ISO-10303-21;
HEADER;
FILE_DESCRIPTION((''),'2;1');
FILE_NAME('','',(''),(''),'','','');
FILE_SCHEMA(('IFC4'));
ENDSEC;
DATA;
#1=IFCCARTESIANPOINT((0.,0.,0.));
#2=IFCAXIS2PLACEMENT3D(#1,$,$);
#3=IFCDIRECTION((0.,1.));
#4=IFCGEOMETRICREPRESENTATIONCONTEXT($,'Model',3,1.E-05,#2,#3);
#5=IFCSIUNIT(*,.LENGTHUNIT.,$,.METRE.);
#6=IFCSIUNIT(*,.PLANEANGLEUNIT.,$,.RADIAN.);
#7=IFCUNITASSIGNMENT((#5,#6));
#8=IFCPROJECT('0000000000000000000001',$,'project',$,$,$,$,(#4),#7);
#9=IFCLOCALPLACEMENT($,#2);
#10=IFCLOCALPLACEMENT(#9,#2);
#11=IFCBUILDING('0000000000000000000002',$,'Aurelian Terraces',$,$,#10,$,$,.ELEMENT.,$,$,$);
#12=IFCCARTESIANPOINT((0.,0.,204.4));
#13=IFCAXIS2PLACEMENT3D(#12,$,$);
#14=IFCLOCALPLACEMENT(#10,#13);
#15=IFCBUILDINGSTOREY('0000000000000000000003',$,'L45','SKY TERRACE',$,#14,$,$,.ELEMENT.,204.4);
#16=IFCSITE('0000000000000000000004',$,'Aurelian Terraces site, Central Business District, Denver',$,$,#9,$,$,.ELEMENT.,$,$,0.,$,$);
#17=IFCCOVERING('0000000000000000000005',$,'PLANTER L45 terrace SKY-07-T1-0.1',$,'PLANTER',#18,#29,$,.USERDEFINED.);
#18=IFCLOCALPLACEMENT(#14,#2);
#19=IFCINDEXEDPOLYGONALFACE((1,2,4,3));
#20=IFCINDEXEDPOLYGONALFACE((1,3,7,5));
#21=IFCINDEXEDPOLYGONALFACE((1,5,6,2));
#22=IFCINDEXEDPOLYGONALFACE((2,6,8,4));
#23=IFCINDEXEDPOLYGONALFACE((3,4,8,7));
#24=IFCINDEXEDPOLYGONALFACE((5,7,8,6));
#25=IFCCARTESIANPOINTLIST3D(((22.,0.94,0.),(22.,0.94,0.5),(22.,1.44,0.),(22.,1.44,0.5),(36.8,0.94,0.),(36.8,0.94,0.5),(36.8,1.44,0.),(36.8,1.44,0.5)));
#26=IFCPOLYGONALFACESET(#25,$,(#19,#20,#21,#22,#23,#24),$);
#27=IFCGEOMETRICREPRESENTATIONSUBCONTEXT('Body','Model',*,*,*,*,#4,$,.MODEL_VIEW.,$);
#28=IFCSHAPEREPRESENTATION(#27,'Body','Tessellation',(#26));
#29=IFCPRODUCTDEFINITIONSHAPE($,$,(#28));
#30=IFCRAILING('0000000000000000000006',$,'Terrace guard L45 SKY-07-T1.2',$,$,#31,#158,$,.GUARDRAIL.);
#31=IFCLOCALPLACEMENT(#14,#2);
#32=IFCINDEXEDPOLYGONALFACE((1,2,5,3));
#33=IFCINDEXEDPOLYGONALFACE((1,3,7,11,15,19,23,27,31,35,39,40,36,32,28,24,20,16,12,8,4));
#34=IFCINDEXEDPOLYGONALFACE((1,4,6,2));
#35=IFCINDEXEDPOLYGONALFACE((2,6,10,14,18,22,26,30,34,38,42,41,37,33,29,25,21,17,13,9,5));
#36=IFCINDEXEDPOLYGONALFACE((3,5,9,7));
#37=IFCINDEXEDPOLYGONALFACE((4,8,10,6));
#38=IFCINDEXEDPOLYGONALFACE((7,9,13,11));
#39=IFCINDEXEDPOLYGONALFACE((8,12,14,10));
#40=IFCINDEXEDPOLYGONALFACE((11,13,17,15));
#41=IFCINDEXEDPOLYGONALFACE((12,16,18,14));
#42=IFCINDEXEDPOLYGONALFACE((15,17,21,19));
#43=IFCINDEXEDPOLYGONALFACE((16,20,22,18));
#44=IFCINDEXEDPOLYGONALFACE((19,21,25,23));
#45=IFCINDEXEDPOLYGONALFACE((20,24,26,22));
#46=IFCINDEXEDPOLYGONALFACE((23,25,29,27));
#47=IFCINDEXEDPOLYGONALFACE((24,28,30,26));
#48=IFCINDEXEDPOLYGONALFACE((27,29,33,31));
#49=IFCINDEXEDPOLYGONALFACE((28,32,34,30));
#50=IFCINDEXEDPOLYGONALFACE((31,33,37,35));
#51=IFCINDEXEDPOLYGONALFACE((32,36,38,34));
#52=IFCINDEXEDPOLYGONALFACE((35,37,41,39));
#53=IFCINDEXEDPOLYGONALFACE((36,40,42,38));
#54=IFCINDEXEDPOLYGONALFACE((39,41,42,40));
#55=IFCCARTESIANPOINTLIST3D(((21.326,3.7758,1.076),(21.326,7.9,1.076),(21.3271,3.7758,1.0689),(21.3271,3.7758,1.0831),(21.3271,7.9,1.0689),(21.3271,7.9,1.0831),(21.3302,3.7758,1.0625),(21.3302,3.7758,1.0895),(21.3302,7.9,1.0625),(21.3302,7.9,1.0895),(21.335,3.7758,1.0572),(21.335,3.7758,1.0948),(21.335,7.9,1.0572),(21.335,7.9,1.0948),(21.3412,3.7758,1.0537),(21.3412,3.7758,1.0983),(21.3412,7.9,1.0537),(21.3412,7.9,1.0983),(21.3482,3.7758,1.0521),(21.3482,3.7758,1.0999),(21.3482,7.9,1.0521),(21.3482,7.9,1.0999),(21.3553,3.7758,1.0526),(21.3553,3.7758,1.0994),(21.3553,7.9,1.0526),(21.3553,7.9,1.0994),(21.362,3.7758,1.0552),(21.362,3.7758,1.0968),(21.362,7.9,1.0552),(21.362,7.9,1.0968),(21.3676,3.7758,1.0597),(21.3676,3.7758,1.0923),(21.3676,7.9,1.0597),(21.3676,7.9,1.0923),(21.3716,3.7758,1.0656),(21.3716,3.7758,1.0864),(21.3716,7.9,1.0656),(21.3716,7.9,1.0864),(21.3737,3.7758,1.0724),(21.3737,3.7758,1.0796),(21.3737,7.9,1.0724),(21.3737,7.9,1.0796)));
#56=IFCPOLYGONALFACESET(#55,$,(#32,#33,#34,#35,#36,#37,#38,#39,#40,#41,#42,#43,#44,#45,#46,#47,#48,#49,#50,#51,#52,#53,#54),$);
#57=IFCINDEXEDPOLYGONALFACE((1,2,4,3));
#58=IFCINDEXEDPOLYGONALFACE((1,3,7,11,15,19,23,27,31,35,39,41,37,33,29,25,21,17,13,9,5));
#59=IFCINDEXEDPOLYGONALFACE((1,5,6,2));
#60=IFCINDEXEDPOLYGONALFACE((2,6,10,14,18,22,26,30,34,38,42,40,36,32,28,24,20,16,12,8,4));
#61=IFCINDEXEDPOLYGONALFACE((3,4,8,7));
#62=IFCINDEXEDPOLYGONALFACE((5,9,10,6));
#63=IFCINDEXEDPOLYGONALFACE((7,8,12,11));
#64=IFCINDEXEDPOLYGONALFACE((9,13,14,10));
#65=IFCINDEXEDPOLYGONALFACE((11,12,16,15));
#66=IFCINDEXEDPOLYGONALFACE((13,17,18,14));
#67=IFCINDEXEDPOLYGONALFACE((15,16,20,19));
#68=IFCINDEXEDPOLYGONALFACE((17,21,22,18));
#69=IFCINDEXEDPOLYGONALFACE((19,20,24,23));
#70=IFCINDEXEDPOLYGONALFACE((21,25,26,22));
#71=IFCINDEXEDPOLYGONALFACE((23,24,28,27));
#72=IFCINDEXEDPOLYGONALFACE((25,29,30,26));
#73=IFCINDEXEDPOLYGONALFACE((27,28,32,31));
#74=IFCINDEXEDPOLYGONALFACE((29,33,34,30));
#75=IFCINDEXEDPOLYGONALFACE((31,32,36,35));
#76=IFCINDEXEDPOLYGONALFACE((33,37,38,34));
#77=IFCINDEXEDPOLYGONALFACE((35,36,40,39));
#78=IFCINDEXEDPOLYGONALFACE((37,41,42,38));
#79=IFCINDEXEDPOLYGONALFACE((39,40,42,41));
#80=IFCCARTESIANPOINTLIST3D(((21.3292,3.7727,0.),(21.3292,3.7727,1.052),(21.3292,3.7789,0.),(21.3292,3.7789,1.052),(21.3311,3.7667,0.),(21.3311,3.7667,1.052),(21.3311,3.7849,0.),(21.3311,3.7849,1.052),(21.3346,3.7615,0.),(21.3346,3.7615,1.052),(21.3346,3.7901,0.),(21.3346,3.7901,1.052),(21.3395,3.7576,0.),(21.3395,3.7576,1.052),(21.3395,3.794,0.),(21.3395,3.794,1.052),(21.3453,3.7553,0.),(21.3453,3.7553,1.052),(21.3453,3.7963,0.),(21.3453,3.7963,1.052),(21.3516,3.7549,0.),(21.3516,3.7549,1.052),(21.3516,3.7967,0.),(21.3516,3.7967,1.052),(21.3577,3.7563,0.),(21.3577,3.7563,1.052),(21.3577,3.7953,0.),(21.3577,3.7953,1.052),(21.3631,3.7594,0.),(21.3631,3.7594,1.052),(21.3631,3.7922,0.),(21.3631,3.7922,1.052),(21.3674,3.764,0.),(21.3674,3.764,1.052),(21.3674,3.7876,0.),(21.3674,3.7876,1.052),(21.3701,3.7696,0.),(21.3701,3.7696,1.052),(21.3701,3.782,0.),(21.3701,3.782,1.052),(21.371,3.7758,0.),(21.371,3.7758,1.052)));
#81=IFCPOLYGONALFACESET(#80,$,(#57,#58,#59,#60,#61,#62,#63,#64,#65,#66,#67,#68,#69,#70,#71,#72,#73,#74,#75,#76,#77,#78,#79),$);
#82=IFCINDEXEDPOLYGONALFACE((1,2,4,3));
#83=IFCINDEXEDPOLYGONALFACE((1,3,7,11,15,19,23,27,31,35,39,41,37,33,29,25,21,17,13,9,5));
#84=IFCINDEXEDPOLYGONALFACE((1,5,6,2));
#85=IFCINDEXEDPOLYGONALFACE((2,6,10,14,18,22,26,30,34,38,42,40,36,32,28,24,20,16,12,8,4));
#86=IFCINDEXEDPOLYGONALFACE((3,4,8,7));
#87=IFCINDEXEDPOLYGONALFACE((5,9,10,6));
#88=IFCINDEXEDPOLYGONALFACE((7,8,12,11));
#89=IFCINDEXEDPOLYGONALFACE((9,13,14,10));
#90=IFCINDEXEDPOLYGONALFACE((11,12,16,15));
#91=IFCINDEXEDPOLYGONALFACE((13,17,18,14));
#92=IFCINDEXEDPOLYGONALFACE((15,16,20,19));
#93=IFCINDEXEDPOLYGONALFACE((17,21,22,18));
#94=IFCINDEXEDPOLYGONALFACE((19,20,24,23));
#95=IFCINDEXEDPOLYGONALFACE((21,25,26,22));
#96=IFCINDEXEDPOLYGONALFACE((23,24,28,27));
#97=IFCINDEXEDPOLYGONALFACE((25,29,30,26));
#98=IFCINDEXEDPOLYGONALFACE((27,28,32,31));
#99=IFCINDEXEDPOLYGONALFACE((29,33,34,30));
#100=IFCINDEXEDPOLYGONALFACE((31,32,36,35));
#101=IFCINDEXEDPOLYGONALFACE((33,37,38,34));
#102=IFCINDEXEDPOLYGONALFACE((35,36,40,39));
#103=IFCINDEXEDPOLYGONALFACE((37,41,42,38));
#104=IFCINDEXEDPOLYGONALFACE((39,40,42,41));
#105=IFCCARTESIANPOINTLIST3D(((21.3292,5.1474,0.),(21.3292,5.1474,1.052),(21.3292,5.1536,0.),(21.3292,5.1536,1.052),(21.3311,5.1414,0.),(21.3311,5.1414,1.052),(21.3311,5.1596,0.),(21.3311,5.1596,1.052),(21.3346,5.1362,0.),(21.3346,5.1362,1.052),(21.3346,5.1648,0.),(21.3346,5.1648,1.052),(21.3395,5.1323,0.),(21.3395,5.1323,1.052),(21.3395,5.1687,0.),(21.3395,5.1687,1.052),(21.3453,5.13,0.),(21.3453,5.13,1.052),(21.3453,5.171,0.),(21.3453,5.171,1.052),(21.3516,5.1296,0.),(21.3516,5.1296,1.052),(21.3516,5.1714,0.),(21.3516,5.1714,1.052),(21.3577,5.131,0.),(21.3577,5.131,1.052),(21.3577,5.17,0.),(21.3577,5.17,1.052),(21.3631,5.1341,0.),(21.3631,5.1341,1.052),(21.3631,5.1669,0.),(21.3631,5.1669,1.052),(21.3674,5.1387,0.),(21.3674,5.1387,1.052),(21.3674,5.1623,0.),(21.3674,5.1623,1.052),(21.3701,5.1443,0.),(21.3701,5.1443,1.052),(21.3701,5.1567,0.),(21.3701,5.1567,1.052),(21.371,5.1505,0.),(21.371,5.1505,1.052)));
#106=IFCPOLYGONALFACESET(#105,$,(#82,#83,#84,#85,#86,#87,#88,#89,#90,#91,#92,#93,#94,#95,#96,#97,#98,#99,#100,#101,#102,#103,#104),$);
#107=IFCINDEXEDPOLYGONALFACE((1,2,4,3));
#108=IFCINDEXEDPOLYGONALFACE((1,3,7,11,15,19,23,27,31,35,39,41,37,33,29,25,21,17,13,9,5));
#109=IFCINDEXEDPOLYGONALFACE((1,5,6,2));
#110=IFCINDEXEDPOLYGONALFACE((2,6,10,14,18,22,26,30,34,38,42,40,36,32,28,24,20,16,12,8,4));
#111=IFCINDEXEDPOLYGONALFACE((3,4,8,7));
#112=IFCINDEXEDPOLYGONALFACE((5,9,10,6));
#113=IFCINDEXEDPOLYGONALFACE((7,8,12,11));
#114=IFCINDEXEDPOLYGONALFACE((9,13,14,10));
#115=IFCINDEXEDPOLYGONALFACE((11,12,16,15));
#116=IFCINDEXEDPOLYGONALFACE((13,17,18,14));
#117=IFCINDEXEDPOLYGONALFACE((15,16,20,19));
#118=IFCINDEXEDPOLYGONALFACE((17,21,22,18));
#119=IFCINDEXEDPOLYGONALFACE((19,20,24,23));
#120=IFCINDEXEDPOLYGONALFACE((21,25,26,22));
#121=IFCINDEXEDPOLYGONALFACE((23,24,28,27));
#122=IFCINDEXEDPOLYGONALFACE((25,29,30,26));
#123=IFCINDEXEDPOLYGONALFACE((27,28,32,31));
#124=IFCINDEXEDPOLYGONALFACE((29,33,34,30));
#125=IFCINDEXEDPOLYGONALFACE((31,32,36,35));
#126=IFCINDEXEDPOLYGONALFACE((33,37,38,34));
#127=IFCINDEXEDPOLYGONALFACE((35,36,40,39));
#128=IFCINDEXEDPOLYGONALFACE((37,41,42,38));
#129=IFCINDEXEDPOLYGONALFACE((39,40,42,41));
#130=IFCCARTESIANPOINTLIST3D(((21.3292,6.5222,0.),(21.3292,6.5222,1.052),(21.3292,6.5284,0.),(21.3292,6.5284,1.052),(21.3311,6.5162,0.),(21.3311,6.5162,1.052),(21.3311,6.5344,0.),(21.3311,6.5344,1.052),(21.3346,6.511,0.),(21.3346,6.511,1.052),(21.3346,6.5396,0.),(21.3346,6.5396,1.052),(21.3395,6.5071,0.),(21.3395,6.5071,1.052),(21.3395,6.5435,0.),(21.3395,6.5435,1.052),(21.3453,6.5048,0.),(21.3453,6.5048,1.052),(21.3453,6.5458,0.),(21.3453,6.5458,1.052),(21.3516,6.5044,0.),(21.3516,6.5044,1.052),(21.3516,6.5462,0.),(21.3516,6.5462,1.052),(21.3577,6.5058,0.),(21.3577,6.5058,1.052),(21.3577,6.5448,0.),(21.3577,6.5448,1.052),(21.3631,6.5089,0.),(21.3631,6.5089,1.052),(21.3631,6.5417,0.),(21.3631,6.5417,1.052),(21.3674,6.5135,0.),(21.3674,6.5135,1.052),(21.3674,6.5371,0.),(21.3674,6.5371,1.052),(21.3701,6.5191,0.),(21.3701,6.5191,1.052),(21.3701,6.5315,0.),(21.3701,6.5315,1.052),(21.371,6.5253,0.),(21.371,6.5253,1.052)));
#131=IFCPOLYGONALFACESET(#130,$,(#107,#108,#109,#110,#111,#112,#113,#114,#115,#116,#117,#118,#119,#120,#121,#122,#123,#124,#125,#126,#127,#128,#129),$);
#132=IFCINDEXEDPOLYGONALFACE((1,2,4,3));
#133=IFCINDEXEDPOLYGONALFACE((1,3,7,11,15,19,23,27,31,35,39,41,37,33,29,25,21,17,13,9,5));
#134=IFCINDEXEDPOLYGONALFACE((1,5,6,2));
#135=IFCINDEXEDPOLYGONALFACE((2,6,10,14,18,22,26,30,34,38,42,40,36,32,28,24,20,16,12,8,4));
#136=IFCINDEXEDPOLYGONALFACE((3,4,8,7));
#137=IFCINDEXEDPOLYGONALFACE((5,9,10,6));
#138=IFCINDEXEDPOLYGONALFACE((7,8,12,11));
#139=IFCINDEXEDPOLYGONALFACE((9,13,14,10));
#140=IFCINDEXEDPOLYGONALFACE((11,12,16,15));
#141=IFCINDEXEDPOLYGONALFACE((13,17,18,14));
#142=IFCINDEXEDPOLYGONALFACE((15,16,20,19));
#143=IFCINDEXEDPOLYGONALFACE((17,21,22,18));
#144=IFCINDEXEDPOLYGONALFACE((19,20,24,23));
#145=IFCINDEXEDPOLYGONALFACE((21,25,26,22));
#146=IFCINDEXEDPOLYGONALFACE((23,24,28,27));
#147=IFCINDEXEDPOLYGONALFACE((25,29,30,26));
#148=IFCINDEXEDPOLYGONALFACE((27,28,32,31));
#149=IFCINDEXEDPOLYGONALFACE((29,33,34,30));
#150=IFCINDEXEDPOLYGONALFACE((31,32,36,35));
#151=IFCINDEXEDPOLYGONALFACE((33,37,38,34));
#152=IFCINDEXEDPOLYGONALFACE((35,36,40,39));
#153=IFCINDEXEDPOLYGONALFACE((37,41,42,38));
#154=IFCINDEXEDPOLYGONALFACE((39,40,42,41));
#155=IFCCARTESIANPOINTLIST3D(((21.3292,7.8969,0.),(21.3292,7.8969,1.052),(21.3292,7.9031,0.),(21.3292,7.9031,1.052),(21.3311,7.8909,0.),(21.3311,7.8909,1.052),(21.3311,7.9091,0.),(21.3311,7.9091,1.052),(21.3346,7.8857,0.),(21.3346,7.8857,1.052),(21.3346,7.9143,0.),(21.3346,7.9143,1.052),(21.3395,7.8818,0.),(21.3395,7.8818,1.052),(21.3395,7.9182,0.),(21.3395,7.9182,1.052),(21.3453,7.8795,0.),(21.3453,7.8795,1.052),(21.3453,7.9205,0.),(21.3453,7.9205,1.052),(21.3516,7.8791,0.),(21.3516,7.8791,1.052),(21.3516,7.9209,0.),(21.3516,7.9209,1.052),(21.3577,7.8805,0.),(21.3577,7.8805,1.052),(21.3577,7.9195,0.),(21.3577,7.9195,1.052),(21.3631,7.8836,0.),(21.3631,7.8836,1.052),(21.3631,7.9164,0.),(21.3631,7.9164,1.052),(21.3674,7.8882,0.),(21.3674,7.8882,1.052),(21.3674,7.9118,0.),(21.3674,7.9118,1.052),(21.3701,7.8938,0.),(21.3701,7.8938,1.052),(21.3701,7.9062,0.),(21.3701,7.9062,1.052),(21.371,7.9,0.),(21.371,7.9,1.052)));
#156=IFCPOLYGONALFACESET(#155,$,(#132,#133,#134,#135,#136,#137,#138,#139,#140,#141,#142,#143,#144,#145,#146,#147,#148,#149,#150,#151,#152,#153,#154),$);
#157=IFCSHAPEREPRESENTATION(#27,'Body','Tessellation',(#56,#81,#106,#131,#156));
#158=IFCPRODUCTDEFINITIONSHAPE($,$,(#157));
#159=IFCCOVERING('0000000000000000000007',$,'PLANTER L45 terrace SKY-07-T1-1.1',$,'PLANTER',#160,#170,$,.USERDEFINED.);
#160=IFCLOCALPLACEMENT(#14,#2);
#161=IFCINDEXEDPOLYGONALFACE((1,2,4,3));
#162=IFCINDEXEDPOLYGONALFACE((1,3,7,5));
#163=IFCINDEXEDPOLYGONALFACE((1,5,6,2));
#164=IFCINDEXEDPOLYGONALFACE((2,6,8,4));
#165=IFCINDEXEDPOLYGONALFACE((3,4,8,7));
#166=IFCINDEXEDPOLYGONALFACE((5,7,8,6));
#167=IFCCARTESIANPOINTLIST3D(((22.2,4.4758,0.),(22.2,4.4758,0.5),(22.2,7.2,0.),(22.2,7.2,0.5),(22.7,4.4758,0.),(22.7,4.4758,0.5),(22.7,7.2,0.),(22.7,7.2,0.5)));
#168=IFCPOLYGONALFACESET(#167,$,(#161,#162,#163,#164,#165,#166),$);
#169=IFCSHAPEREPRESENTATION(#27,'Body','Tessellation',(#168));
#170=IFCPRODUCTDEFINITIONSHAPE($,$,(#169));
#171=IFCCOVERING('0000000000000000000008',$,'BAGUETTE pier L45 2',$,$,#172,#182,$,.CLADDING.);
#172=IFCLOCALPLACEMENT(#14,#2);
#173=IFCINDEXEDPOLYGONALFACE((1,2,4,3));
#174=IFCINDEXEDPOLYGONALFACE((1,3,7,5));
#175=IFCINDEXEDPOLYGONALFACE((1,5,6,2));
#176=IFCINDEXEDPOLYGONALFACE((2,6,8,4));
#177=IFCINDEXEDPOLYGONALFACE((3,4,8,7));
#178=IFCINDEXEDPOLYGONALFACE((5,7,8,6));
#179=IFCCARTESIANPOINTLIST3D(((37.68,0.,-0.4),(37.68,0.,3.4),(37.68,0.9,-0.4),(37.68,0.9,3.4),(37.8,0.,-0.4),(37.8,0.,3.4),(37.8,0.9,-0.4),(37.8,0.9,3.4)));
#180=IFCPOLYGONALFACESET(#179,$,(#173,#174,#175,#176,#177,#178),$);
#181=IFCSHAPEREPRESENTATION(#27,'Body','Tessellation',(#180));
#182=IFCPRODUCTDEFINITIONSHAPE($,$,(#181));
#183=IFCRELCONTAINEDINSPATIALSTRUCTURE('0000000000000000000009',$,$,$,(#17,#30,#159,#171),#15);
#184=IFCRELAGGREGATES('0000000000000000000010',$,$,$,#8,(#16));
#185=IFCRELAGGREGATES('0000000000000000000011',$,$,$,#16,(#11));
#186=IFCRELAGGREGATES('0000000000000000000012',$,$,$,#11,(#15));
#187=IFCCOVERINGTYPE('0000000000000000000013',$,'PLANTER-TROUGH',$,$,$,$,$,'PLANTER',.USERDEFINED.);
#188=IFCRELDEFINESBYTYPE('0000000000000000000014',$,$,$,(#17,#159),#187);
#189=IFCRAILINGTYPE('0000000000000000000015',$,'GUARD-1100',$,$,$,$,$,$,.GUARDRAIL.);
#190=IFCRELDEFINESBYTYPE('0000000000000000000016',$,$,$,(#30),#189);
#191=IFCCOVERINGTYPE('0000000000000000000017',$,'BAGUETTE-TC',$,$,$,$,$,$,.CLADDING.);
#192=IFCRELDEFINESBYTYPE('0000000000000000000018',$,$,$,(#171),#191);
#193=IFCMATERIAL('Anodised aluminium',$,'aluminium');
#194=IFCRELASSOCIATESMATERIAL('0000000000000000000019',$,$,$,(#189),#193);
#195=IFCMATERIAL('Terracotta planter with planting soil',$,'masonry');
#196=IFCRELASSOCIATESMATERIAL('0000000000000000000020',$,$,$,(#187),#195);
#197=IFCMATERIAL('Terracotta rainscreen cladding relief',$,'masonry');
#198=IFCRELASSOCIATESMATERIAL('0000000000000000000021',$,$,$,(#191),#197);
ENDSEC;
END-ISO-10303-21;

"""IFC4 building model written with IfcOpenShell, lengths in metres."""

from ifc_helpers import new_model, si_unit, direction, frame, origin, origin_2d, place, context, subcontext, project, spatial, rectangle, circle, extrude, source, transform, mapped, material, type_object, element, save


model = new_model("IFC4")

# Units and contexts
model_context = context("Model", 3, precision=1e-05, world=origin(), true_north=direction((0.0, 1.0)))
body_context = subcontext(model_context, "Body", "Model", "MODEL_VIEW")
ifc_project = project(units=[si_unit("LENGTHUNIT", "METRE"), si_unit("PLANEANGLEUNIT", "RADIAN")], contexts=[model_context])

# Site, building, storey
site_placement = place(None, origin())
site = spatial("IfcSite", under=ifc_project, at=site_placement, Name="Aurelian Terraces site, Central Business District, Denver", CompositionType="ELEMENT", RefElevation=0.0)
building_placement = place(site_placement, origin())
building = spatial("IfcBuilding", under=site, at=building_placement, Name="Aurelian Terraces", CompositionType="ELEMENT")
storey_placement = place(building_placement, frame((0.0, 0.0, 204.4)))
storey = spatial("IfcBuildingStorey", under=building, at=storey_placement, Name="L45", Description="SKY TERRACE", CompositionType="ELEMENT", Elevation=204.4)

# Shared definitions
ifc_material_1 = material(Name="Anodised aluminium", Category="aluminium")

# Shared definitions
railing_type = type_object("IfcRailingType", Name="GUARD-1100", PredefinedType="GUARDRAIL", material=ifc_material_1)

# Covering
ifc_material_2 = material(Name="Terracotta planter with planting soil", Category="masonry")
covering_type_1 = type_object("IfcCoveringType", Name="PLANTER-TROUGH", ElementType="PLANTER", PredefinedType="USERDEFINED", material=ifc_material_2)
shared_shape_1 = source(origin(), body_context, "Body", "SweptSolid", [
    extrude(rectangle(XDim=14.8, YDim=0.5, at=origin_2d()), origin(), (0.0, 0.0, 1.0), 0.5),
])
covering_1_placement = place(storey_placement, frame((29.4, 1.19, 0.0), z_axis=(0.0, 0.0, 1.0), x_axis=(1.0, 0.0, 0.0)))
element("IfcCovering", 1, at=covering_1_placement, inside=storey, type_object=covering_type_1, Name="PLANTER L45 terrace SKY-07-T1-0.1", ObjectType="PLANTER", PredefinedType="USERDEFINED", context=body_context, shape_type="MappedRepresentation", body=[
    mapped(shared_shape_1, transform((0.0, 0.0, 0.0), scale=1.0)),
])

# Railing
shared_shape_2 = source(origin(), body_context, "Body", "SweptSolid", [
    extrude(circle(Radius=0.024, at=origin_2d()), frame((0.0, 0.0, 1.076), z_axis=(0.0, 1.0, 0.0), x_axis=(-1.0, 0.0, 0.0)), (0.0, 0.0, 1.0), 4.1242),
    extrude(circle(Radius=0.021, at=origin_2d()), origin(), (0.0, 0.0, 1.0), 1.052),
    extrude(circle(Radius=0.021, at=origin_2d()), frame((0.0, 1.3747, 0.0)), (0.0, 0.0, 1.0), 1.052),
    extrude(circle(Radius=0.021, at=origin_2d()), frame((0.0, 2.7495, 0.0)), (0.0, 0.0, 1.0), 1.052),
    extrude(circle(Radius=0.021, at=origin_2d()), frame((0.0, 4.1242, 0.0)), (0.0, 0.0, 1.0), 1.052),
])
railing_1_placement = place(storey_placement, frame((21.35, 3.7758, 0.0)))
element("IfcRailing", 2, at=railing_1_placement, inside=storey, type_object=railing_type, Name="Terrace guard L45 SKY-07-T1.2", PredefinedType="GUARDRAIL", context=body_context, shape_type="MappedRepresentation", body=[
    mapped(shared_shape_2, transform((0.0, 0.0, 0.0), scale=1.0)),
])

# Coverings
shared_shape_3 = source(origin(), body_context, "Body", "SweptSolid", [
    extrude(rectangle(XDim=0.5, YDim=2.7242, at=origin_2d()), origin(), (0.0, 0.0, 1.0), 0.5),
])
covering_2_placement = place(storey_placement, frame((22.45, 5.8379, 0.0), z_axis=(0.0, 0.0, 1.0), x_axis=(1.0, 0.0, 0.0)))
element("IfcCovering", 3, at=covering_2_placement, inside=storey, type_object=covering_type_1, Name="PLANTER L45 terrace SKY-07-T1-1.1", ObjectType="PLANTER", PredefinedType="USERDEFINED", context=body_context, shape_type="MappedRepresentation", body=[
    mapped(shared_shape_3, transform((0.0, 0.0, 0.0), scale=1.0)),
])
ifc_material_3 = material(Name="Terracotta rainscreen cladding relief", Category="masonry")
covering_type_2 = type_object("IfcCoveringType", Name="BAGUETTE-TC", PredefinedType="CLADDING", material=ifc_material_3)
shared_shape_4 = source(origin(), body_context, "Body", "SweptSolid", [
    extrude(rectangle(XDim=0.12, YDim=0.9, at=origin_2d()), origin(), (0.0, 0.0, 1.0), 3.8),
])
covering_3_placement = place(storey_placement, frame((37.74, 0.45, -0.4), z_axis=(0.0, 0.0, 1.0), x_axis=(1.0, 0.0, 0.0)))
element("IfcCovering", 4, at=covering_3_placement, inside=storey, type_object=covering_type_2, Name="BAGUETTE pier L45 2", PredefinedType="CLADDING", context=body_context, shape_type="MappedRepresentation", body=[
    mapped(shared_shape_4, transform((0.0, 0.0, 0.0), scale=1.0)),
])

save(model, "model.ifc")
